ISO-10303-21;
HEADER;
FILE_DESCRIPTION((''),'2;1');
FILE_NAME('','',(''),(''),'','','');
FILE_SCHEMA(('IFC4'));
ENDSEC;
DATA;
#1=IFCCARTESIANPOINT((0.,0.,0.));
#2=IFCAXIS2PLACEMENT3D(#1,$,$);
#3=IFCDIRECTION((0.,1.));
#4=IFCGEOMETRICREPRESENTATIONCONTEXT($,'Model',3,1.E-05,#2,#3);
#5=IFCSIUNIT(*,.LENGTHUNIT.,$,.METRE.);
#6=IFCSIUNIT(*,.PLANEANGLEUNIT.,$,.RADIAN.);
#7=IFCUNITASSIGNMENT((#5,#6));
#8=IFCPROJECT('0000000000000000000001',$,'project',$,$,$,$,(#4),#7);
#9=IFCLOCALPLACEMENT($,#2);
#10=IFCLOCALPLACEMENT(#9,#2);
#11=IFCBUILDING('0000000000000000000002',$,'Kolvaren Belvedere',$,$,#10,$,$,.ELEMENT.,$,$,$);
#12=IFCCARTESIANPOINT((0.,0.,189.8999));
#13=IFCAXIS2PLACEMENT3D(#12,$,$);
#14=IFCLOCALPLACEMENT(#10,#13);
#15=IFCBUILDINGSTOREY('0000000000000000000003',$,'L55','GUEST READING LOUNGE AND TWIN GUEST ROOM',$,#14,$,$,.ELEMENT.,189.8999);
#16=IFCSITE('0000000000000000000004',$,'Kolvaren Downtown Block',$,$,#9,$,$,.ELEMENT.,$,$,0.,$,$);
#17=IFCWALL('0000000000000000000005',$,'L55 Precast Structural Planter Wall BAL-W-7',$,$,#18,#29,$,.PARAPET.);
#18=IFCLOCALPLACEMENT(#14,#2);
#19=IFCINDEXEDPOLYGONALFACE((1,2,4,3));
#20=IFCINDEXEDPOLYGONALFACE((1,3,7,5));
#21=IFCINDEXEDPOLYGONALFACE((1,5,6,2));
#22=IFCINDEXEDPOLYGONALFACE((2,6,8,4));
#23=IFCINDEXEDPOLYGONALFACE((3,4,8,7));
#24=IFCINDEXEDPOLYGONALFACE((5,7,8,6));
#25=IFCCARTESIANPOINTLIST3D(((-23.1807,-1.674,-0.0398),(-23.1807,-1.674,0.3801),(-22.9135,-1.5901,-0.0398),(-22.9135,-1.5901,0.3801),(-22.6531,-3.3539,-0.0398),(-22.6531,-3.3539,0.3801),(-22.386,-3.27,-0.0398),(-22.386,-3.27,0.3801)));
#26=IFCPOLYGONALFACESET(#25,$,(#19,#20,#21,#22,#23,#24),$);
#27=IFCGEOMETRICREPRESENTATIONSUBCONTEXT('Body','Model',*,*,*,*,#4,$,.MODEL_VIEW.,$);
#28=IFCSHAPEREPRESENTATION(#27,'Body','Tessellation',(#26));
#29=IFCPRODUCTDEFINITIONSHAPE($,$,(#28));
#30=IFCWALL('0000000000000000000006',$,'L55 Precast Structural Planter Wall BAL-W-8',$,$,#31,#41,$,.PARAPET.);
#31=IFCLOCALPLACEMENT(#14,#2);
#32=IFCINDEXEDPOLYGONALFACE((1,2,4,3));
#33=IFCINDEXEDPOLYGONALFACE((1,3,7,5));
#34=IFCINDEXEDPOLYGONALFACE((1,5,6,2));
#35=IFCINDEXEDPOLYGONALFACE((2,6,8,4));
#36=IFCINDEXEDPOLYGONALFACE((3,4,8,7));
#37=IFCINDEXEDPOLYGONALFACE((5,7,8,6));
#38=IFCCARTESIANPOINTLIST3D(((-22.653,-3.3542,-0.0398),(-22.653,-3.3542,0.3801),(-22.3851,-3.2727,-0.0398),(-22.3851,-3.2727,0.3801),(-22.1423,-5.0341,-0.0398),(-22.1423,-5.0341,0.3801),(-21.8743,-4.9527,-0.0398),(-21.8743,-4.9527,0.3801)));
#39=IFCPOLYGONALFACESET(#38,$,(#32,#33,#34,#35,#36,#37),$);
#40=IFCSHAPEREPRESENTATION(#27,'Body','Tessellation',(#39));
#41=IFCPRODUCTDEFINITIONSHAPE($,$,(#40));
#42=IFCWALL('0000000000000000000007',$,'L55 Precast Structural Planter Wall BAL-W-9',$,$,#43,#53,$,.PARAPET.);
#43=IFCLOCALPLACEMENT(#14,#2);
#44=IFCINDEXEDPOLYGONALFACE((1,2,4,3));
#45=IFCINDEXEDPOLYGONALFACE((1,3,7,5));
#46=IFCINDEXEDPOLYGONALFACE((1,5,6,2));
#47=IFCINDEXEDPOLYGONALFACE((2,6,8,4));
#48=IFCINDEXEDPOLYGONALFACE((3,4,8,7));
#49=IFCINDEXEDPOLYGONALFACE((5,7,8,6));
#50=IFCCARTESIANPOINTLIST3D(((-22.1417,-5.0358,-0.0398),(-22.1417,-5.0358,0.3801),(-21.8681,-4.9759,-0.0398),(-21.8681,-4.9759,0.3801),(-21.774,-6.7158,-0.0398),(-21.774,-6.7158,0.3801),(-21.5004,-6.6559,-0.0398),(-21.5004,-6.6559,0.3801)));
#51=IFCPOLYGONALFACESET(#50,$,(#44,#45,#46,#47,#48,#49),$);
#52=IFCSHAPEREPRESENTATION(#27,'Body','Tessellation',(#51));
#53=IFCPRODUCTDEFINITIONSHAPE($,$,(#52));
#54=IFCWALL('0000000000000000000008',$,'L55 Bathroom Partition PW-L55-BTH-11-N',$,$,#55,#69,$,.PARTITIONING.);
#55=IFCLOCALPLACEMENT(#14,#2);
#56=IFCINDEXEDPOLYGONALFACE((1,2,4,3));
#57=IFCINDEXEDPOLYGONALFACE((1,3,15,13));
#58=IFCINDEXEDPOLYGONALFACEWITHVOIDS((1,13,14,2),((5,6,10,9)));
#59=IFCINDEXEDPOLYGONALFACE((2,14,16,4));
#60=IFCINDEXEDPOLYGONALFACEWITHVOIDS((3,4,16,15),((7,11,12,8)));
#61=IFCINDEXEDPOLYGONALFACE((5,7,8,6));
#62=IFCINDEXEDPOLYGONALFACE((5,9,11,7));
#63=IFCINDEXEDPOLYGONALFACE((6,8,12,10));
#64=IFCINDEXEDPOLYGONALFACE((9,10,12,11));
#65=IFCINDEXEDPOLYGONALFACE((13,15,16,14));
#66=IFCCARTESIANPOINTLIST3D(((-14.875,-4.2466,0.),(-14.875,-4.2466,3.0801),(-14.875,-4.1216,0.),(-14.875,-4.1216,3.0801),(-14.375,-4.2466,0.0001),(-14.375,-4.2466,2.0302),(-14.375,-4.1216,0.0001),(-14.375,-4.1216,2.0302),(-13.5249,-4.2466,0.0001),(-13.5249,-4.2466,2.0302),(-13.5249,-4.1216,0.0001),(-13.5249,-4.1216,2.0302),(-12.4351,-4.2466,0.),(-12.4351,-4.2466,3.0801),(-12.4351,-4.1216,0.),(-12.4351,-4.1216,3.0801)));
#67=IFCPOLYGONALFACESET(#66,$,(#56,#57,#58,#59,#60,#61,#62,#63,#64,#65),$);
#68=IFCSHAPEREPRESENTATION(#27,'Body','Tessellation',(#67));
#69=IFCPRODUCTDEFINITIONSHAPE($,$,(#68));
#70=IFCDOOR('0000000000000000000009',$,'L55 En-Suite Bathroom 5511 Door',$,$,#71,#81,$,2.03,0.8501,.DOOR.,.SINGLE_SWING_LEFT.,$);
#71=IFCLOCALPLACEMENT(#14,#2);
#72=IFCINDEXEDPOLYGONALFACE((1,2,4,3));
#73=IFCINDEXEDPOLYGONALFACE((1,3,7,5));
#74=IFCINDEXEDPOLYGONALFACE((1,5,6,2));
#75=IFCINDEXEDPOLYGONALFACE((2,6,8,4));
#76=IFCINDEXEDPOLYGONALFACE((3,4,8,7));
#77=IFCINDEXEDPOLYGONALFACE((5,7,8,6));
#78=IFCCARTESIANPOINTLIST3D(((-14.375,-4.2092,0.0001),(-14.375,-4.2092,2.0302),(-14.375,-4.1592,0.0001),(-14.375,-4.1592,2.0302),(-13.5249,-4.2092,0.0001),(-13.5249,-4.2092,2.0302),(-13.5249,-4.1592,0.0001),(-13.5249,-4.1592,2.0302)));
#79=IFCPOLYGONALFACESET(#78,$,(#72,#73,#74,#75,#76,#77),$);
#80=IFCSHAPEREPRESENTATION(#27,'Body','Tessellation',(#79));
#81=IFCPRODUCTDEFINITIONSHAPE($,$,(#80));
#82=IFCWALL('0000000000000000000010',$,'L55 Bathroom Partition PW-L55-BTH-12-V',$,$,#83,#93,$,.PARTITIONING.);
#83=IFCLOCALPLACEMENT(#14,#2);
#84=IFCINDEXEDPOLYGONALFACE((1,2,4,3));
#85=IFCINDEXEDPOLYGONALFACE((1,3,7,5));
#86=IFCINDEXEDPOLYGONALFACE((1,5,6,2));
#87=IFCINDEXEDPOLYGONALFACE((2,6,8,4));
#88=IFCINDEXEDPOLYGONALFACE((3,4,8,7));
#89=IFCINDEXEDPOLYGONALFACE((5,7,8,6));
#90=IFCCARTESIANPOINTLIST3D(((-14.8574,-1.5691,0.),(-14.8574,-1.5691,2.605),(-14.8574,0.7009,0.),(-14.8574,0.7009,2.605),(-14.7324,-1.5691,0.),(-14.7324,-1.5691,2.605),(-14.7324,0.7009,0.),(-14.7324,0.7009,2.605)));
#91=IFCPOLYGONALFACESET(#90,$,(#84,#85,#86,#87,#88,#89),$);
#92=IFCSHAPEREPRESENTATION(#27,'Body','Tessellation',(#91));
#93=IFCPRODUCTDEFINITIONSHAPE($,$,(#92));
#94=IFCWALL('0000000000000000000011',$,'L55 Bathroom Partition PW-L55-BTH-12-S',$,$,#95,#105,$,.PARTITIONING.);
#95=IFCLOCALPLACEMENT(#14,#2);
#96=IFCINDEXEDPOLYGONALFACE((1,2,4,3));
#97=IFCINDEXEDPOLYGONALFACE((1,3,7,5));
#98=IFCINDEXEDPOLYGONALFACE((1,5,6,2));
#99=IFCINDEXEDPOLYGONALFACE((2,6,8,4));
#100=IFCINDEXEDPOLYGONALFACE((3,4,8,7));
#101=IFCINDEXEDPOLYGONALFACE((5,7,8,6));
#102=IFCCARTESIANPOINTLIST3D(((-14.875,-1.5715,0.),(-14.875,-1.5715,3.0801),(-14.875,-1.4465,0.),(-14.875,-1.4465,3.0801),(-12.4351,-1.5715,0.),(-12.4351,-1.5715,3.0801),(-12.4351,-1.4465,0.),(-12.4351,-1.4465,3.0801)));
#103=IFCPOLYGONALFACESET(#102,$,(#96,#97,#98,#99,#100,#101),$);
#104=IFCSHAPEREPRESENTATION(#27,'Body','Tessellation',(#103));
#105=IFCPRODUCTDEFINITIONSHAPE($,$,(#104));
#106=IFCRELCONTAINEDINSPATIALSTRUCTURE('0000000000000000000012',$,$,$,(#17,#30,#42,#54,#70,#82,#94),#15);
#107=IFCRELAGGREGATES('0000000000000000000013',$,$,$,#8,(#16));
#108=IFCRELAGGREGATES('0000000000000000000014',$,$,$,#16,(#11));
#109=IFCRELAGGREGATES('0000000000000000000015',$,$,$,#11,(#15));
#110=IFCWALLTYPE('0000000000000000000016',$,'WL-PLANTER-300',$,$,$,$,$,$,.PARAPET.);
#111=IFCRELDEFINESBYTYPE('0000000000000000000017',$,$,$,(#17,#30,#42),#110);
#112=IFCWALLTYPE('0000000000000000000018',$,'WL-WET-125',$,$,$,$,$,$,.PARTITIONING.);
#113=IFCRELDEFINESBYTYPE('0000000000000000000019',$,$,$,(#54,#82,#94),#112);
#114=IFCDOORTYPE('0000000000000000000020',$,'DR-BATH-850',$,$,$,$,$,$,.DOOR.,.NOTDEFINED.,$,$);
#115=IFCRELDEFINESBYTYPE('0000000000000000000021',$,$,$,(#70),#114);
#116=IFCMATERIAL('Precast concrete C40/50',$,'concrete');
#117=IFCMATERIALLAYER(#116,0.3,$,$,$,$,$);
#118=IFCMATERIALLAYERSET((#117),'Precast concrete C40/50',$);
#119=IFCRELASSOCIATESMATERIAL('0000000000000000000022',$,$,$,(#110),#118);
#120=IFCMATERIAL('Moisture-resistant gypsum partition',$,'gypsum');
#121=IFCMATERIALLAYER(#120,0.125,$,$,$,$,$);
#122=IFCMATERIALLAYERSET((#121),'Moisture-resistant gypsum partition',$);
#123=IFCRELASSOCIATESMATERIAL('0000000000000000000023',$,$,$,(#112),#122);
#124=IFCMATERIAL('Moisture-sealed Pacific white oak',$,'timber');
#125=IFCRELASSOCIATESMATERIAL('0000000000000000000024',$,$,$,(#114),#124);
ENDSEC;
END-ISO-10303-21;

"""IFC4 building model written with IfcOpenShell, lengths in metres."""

from ifc_helpers import new_model, si_unit, direction, frame, frame_2d, origin, place, context, subcontext, project, spatial, rectangle, extrude, material, layer, layer_set, type_object, element, fill, save


model = new_model("IFC4")

# Units and contexts
model_context = context("Model", 3, precision=1e-05, world=origin(), true_north=direction((0.0, 1.0)))
body_context = subcontext(model_context, "Body", "Model", "MODEL_VIEW")
ifc_project = project(units=[si_unit("LENGTHUNIT", "METRE"), si_unit("PLANEANGLEUNIT", "RADIAN")], contexts=[model_context])

# Site, building, storey
site_placement = place(None, origin())
site = spatial("IfcSite", under=ifc_project, at=site_placement, Name="Kolvaren Downtown Block", CompositionType="ELEMENT", RefElevation=0.0)
building_placement = place(site_placement, origin())
building = spatial("IfcBuilding", under=site, at=building_placement, Name="Kolvaren Belvedere", CompositionType="ELEMENT")
storey_placement = place(building_placement, frame((0.0, 0.0, 189.8999)))
storey = spatial("IfcBuildingStorey", under=building, at=storey_placement, Name="L55", Description="GUEST READING LOUNGE AND TWIN GUEST ROOM", CompositionType="ELEMENT", Elevation=189.8999)

# Walls
ifc_material_1 = material(Name="Precast concrete C40/50", Category="concrete")
ifc_layer_1 = layer(ifc_material_1, 0.3)
ifc_layer_set_1 = layer_set([ifc_layer_1], Name="Precast concrete C40/50")
wall_type_1 = type_object("IfcWallType", Name="WL-PLANTER-300", PredefinedType="PARAPET", material=ifc_layer_set_1)
wall_1_placement = place(storey_placement, frame((-23.0471, -1.6321, -0.0398), z_axis=(0.0, 0.0, 1.0), x_axis=(0.299625, -0.954057, 0.0)))
element("IfcWall", 1, at=wall_1_placement, inside=storey, type_object=wall_type_1, Name="L55 Precast Structural Planter Wall BAL-W-7", PredefinedType="PARAPET", context=body_context, shape_type="SweptSolid", body=[
    extrude(rectangle(XDim=1.7607, YDim=0.28, at=frame_2d((0.8804, 0.0))), origin(), (0.0, 0.0, 1.0), 0.4199),
])
wall_2_placement = place(storey_placement, frame((-22.519, -3.3135, -0.0398), z_axis=(0.0, 0.0, 1.0), x_axis=(0.290879, -0.95676, 0.0)))
element("IfcWall", 2, at=wall_2_placement, inside=storey, type_object=wall_type_1, Name="L55 Precast Structural Planter Wall BAL-W-8", PredefinedType="PARAPET", context=body_context, shape_type="SweptSolid", body=[
    extrude(rectangle(XDim=1.7559, YDim=0.28, at=frame_2d((0.8779, 0.0))), origin(), (0.0, 0.0, 1.0), 0.4199),
])
wall_3_placement = place(storey_placement, frame((-22.0049, -5.0059, -0.0398), z_axis=(0.0, 0.0, 1.0), x_axis=(0.213803, -0.976877, 0.0)))
element("IfcWall", 3, at=wall_3_placement, inside=storey, type_object=wall_type_1, Name="L55 Precast Structural Planter Wall BAL-W-9", PredefinedType="PARAPET", context=body_context, shape_type="SweptSolid", body=[
    extrude(rectangle(XDim=1.7197, YDim=0.28, at=frame_2d((0.8599, 0.0))), origin(), (0.0, 0.0, 1.0), 0.4199),
])

# Wall, opening, door
ifc_material_2 = material(Name="Moisture-resistant gypsum partition", Category="gypsum")
ifc_layer_2 = layer(ifc_material_2, 0.125)
ifc_layer_set_2 = layer_set([ifc_layer_2], Name="Moisture-resistant gypsum partition")
wall_type_2 = type_object("IfcWallType", Name="WL-WET-125", PredefinedType="PARTITIONING", material=ifc_layer_set_2)
wall_4_placement = place(storey_placement, frame((-14.875, -4.1841, 0.0), z_axis=(0.0, 0.0, 1.0), x_axis=(1.0, 0.0, 0.0)))
wall_4 = element("IfcWall", 4, at=wall_4_placement, inside=storey, type_object=wall_type_2, Name="L55 Bathroom Partition PW-L55-BTH-11-N", PredefinedType="PARTITIONING", context=body_context, shape_type="SweptSolid", body=[
    extrude(rectangle(XDim=2.4399, YDim=0.125, at=frame_2d((1.22, 0.0))), origin(), (0.0, 0.0, 1.0), 3.0801),
])
opening_1_placement = place(wall_4_placement, frame((0.5, 0.0, 0.0)))
opening_1 = element("IfcOpeningElement", 5, at=opening_1_placement, cuts=wall_4, PredefinedType="OPENING", context=body_context, shape_type="SweptSolid", body=[
    extrude(rectangle(XDim=0.8501, YDim=2.03, at=frame_2d((0.425, 1.0151))), frame((0.0, 0.0725, 0.0), z_axis=(0.0, -1.0, 0.0), x_axis=(1.0, 0.0, 0.0)), (0.0, 0.0, 1.0), 0.145),
])
ifc_material_3 = material(Name="Moisture-sealed Pacific white oak", Category="timber")
door_type_1 = type_object("IfcDoorType", Name="DR-BATH-850", OperationType="NOTDEFINED", PredefinedType="DOOR", material=ifc_material_3)
door_1_placement = place(opening_1_placement, origin())
door_1 = element("IfcDoor", 6, at=door_1_placement, inside=storey, type_object=door_type_1, Name="L55 En-Suite Bathroom 5511 Door", OperationType="SINGLE_SWING_LEFT", OverallHeight=2.03, OverallWidth=0.8501, PredefinedType="DOOR", context=body_context, shape_type="SweptSolid", body=[
    extrude(rectangle(XDim=0.8501, YDim=2.03, at=frame_2d((0.425, 1.0151))), frame((0.0, 0.0249, 0.0), z_axis=(0.0, -1.0, 0.0), x_axis=(1.0, 0.0, 0.0)), (0.0, 0.0, 1.0), 0.05),
])
fill(opening_1, door_1)

# Walls
wall_5_placement = place(storey_placement, frame((-14.7949, -1.5691, 0.0), z_axis=(0.0, 0.0, 1.0), x_axis=(0.0, 1.0, 0.0)))
element("IfcWall", 7, at=wall_5_placement, inside=storey, type_object=wall_type_2, Name="L55 Bathroom Partition PW-L55-BTH-12-V", PredefinedType="PARTITIONING", context=body_context, shape_type="SweptSolid", body=[
    extrude(rectangle(XDim=2.27, YDim=0.125, at=frame_2d((1.135, 0.0))), origin(), (0.0, 0.0, 1.0), 2.605),
])
wall_6_placement = place(storey_placement, frame((-14.875, -1.509, 0.0), z_axis=(0.0, 0.0, 1.0), x_axis=(1.0, 0.0, 0.0)))
element("IfcWall", 8, at=wall_6_placement, inside=storey, type_object=wall_type_2, Name="L55 Bathroom Partition PW-L55-BTH-12-S", PredefinedType="PARTITIONING", context=body_context, shape_type="SweptSolid", body=[
    extrude(rectangle(XDim=2.4399, YDim=0.125, at=frame_2d((1.22, 0.0))), origin(), (0.0, 0.0, 1.0), 3.0801),
])

save(model, "model.ifc")
